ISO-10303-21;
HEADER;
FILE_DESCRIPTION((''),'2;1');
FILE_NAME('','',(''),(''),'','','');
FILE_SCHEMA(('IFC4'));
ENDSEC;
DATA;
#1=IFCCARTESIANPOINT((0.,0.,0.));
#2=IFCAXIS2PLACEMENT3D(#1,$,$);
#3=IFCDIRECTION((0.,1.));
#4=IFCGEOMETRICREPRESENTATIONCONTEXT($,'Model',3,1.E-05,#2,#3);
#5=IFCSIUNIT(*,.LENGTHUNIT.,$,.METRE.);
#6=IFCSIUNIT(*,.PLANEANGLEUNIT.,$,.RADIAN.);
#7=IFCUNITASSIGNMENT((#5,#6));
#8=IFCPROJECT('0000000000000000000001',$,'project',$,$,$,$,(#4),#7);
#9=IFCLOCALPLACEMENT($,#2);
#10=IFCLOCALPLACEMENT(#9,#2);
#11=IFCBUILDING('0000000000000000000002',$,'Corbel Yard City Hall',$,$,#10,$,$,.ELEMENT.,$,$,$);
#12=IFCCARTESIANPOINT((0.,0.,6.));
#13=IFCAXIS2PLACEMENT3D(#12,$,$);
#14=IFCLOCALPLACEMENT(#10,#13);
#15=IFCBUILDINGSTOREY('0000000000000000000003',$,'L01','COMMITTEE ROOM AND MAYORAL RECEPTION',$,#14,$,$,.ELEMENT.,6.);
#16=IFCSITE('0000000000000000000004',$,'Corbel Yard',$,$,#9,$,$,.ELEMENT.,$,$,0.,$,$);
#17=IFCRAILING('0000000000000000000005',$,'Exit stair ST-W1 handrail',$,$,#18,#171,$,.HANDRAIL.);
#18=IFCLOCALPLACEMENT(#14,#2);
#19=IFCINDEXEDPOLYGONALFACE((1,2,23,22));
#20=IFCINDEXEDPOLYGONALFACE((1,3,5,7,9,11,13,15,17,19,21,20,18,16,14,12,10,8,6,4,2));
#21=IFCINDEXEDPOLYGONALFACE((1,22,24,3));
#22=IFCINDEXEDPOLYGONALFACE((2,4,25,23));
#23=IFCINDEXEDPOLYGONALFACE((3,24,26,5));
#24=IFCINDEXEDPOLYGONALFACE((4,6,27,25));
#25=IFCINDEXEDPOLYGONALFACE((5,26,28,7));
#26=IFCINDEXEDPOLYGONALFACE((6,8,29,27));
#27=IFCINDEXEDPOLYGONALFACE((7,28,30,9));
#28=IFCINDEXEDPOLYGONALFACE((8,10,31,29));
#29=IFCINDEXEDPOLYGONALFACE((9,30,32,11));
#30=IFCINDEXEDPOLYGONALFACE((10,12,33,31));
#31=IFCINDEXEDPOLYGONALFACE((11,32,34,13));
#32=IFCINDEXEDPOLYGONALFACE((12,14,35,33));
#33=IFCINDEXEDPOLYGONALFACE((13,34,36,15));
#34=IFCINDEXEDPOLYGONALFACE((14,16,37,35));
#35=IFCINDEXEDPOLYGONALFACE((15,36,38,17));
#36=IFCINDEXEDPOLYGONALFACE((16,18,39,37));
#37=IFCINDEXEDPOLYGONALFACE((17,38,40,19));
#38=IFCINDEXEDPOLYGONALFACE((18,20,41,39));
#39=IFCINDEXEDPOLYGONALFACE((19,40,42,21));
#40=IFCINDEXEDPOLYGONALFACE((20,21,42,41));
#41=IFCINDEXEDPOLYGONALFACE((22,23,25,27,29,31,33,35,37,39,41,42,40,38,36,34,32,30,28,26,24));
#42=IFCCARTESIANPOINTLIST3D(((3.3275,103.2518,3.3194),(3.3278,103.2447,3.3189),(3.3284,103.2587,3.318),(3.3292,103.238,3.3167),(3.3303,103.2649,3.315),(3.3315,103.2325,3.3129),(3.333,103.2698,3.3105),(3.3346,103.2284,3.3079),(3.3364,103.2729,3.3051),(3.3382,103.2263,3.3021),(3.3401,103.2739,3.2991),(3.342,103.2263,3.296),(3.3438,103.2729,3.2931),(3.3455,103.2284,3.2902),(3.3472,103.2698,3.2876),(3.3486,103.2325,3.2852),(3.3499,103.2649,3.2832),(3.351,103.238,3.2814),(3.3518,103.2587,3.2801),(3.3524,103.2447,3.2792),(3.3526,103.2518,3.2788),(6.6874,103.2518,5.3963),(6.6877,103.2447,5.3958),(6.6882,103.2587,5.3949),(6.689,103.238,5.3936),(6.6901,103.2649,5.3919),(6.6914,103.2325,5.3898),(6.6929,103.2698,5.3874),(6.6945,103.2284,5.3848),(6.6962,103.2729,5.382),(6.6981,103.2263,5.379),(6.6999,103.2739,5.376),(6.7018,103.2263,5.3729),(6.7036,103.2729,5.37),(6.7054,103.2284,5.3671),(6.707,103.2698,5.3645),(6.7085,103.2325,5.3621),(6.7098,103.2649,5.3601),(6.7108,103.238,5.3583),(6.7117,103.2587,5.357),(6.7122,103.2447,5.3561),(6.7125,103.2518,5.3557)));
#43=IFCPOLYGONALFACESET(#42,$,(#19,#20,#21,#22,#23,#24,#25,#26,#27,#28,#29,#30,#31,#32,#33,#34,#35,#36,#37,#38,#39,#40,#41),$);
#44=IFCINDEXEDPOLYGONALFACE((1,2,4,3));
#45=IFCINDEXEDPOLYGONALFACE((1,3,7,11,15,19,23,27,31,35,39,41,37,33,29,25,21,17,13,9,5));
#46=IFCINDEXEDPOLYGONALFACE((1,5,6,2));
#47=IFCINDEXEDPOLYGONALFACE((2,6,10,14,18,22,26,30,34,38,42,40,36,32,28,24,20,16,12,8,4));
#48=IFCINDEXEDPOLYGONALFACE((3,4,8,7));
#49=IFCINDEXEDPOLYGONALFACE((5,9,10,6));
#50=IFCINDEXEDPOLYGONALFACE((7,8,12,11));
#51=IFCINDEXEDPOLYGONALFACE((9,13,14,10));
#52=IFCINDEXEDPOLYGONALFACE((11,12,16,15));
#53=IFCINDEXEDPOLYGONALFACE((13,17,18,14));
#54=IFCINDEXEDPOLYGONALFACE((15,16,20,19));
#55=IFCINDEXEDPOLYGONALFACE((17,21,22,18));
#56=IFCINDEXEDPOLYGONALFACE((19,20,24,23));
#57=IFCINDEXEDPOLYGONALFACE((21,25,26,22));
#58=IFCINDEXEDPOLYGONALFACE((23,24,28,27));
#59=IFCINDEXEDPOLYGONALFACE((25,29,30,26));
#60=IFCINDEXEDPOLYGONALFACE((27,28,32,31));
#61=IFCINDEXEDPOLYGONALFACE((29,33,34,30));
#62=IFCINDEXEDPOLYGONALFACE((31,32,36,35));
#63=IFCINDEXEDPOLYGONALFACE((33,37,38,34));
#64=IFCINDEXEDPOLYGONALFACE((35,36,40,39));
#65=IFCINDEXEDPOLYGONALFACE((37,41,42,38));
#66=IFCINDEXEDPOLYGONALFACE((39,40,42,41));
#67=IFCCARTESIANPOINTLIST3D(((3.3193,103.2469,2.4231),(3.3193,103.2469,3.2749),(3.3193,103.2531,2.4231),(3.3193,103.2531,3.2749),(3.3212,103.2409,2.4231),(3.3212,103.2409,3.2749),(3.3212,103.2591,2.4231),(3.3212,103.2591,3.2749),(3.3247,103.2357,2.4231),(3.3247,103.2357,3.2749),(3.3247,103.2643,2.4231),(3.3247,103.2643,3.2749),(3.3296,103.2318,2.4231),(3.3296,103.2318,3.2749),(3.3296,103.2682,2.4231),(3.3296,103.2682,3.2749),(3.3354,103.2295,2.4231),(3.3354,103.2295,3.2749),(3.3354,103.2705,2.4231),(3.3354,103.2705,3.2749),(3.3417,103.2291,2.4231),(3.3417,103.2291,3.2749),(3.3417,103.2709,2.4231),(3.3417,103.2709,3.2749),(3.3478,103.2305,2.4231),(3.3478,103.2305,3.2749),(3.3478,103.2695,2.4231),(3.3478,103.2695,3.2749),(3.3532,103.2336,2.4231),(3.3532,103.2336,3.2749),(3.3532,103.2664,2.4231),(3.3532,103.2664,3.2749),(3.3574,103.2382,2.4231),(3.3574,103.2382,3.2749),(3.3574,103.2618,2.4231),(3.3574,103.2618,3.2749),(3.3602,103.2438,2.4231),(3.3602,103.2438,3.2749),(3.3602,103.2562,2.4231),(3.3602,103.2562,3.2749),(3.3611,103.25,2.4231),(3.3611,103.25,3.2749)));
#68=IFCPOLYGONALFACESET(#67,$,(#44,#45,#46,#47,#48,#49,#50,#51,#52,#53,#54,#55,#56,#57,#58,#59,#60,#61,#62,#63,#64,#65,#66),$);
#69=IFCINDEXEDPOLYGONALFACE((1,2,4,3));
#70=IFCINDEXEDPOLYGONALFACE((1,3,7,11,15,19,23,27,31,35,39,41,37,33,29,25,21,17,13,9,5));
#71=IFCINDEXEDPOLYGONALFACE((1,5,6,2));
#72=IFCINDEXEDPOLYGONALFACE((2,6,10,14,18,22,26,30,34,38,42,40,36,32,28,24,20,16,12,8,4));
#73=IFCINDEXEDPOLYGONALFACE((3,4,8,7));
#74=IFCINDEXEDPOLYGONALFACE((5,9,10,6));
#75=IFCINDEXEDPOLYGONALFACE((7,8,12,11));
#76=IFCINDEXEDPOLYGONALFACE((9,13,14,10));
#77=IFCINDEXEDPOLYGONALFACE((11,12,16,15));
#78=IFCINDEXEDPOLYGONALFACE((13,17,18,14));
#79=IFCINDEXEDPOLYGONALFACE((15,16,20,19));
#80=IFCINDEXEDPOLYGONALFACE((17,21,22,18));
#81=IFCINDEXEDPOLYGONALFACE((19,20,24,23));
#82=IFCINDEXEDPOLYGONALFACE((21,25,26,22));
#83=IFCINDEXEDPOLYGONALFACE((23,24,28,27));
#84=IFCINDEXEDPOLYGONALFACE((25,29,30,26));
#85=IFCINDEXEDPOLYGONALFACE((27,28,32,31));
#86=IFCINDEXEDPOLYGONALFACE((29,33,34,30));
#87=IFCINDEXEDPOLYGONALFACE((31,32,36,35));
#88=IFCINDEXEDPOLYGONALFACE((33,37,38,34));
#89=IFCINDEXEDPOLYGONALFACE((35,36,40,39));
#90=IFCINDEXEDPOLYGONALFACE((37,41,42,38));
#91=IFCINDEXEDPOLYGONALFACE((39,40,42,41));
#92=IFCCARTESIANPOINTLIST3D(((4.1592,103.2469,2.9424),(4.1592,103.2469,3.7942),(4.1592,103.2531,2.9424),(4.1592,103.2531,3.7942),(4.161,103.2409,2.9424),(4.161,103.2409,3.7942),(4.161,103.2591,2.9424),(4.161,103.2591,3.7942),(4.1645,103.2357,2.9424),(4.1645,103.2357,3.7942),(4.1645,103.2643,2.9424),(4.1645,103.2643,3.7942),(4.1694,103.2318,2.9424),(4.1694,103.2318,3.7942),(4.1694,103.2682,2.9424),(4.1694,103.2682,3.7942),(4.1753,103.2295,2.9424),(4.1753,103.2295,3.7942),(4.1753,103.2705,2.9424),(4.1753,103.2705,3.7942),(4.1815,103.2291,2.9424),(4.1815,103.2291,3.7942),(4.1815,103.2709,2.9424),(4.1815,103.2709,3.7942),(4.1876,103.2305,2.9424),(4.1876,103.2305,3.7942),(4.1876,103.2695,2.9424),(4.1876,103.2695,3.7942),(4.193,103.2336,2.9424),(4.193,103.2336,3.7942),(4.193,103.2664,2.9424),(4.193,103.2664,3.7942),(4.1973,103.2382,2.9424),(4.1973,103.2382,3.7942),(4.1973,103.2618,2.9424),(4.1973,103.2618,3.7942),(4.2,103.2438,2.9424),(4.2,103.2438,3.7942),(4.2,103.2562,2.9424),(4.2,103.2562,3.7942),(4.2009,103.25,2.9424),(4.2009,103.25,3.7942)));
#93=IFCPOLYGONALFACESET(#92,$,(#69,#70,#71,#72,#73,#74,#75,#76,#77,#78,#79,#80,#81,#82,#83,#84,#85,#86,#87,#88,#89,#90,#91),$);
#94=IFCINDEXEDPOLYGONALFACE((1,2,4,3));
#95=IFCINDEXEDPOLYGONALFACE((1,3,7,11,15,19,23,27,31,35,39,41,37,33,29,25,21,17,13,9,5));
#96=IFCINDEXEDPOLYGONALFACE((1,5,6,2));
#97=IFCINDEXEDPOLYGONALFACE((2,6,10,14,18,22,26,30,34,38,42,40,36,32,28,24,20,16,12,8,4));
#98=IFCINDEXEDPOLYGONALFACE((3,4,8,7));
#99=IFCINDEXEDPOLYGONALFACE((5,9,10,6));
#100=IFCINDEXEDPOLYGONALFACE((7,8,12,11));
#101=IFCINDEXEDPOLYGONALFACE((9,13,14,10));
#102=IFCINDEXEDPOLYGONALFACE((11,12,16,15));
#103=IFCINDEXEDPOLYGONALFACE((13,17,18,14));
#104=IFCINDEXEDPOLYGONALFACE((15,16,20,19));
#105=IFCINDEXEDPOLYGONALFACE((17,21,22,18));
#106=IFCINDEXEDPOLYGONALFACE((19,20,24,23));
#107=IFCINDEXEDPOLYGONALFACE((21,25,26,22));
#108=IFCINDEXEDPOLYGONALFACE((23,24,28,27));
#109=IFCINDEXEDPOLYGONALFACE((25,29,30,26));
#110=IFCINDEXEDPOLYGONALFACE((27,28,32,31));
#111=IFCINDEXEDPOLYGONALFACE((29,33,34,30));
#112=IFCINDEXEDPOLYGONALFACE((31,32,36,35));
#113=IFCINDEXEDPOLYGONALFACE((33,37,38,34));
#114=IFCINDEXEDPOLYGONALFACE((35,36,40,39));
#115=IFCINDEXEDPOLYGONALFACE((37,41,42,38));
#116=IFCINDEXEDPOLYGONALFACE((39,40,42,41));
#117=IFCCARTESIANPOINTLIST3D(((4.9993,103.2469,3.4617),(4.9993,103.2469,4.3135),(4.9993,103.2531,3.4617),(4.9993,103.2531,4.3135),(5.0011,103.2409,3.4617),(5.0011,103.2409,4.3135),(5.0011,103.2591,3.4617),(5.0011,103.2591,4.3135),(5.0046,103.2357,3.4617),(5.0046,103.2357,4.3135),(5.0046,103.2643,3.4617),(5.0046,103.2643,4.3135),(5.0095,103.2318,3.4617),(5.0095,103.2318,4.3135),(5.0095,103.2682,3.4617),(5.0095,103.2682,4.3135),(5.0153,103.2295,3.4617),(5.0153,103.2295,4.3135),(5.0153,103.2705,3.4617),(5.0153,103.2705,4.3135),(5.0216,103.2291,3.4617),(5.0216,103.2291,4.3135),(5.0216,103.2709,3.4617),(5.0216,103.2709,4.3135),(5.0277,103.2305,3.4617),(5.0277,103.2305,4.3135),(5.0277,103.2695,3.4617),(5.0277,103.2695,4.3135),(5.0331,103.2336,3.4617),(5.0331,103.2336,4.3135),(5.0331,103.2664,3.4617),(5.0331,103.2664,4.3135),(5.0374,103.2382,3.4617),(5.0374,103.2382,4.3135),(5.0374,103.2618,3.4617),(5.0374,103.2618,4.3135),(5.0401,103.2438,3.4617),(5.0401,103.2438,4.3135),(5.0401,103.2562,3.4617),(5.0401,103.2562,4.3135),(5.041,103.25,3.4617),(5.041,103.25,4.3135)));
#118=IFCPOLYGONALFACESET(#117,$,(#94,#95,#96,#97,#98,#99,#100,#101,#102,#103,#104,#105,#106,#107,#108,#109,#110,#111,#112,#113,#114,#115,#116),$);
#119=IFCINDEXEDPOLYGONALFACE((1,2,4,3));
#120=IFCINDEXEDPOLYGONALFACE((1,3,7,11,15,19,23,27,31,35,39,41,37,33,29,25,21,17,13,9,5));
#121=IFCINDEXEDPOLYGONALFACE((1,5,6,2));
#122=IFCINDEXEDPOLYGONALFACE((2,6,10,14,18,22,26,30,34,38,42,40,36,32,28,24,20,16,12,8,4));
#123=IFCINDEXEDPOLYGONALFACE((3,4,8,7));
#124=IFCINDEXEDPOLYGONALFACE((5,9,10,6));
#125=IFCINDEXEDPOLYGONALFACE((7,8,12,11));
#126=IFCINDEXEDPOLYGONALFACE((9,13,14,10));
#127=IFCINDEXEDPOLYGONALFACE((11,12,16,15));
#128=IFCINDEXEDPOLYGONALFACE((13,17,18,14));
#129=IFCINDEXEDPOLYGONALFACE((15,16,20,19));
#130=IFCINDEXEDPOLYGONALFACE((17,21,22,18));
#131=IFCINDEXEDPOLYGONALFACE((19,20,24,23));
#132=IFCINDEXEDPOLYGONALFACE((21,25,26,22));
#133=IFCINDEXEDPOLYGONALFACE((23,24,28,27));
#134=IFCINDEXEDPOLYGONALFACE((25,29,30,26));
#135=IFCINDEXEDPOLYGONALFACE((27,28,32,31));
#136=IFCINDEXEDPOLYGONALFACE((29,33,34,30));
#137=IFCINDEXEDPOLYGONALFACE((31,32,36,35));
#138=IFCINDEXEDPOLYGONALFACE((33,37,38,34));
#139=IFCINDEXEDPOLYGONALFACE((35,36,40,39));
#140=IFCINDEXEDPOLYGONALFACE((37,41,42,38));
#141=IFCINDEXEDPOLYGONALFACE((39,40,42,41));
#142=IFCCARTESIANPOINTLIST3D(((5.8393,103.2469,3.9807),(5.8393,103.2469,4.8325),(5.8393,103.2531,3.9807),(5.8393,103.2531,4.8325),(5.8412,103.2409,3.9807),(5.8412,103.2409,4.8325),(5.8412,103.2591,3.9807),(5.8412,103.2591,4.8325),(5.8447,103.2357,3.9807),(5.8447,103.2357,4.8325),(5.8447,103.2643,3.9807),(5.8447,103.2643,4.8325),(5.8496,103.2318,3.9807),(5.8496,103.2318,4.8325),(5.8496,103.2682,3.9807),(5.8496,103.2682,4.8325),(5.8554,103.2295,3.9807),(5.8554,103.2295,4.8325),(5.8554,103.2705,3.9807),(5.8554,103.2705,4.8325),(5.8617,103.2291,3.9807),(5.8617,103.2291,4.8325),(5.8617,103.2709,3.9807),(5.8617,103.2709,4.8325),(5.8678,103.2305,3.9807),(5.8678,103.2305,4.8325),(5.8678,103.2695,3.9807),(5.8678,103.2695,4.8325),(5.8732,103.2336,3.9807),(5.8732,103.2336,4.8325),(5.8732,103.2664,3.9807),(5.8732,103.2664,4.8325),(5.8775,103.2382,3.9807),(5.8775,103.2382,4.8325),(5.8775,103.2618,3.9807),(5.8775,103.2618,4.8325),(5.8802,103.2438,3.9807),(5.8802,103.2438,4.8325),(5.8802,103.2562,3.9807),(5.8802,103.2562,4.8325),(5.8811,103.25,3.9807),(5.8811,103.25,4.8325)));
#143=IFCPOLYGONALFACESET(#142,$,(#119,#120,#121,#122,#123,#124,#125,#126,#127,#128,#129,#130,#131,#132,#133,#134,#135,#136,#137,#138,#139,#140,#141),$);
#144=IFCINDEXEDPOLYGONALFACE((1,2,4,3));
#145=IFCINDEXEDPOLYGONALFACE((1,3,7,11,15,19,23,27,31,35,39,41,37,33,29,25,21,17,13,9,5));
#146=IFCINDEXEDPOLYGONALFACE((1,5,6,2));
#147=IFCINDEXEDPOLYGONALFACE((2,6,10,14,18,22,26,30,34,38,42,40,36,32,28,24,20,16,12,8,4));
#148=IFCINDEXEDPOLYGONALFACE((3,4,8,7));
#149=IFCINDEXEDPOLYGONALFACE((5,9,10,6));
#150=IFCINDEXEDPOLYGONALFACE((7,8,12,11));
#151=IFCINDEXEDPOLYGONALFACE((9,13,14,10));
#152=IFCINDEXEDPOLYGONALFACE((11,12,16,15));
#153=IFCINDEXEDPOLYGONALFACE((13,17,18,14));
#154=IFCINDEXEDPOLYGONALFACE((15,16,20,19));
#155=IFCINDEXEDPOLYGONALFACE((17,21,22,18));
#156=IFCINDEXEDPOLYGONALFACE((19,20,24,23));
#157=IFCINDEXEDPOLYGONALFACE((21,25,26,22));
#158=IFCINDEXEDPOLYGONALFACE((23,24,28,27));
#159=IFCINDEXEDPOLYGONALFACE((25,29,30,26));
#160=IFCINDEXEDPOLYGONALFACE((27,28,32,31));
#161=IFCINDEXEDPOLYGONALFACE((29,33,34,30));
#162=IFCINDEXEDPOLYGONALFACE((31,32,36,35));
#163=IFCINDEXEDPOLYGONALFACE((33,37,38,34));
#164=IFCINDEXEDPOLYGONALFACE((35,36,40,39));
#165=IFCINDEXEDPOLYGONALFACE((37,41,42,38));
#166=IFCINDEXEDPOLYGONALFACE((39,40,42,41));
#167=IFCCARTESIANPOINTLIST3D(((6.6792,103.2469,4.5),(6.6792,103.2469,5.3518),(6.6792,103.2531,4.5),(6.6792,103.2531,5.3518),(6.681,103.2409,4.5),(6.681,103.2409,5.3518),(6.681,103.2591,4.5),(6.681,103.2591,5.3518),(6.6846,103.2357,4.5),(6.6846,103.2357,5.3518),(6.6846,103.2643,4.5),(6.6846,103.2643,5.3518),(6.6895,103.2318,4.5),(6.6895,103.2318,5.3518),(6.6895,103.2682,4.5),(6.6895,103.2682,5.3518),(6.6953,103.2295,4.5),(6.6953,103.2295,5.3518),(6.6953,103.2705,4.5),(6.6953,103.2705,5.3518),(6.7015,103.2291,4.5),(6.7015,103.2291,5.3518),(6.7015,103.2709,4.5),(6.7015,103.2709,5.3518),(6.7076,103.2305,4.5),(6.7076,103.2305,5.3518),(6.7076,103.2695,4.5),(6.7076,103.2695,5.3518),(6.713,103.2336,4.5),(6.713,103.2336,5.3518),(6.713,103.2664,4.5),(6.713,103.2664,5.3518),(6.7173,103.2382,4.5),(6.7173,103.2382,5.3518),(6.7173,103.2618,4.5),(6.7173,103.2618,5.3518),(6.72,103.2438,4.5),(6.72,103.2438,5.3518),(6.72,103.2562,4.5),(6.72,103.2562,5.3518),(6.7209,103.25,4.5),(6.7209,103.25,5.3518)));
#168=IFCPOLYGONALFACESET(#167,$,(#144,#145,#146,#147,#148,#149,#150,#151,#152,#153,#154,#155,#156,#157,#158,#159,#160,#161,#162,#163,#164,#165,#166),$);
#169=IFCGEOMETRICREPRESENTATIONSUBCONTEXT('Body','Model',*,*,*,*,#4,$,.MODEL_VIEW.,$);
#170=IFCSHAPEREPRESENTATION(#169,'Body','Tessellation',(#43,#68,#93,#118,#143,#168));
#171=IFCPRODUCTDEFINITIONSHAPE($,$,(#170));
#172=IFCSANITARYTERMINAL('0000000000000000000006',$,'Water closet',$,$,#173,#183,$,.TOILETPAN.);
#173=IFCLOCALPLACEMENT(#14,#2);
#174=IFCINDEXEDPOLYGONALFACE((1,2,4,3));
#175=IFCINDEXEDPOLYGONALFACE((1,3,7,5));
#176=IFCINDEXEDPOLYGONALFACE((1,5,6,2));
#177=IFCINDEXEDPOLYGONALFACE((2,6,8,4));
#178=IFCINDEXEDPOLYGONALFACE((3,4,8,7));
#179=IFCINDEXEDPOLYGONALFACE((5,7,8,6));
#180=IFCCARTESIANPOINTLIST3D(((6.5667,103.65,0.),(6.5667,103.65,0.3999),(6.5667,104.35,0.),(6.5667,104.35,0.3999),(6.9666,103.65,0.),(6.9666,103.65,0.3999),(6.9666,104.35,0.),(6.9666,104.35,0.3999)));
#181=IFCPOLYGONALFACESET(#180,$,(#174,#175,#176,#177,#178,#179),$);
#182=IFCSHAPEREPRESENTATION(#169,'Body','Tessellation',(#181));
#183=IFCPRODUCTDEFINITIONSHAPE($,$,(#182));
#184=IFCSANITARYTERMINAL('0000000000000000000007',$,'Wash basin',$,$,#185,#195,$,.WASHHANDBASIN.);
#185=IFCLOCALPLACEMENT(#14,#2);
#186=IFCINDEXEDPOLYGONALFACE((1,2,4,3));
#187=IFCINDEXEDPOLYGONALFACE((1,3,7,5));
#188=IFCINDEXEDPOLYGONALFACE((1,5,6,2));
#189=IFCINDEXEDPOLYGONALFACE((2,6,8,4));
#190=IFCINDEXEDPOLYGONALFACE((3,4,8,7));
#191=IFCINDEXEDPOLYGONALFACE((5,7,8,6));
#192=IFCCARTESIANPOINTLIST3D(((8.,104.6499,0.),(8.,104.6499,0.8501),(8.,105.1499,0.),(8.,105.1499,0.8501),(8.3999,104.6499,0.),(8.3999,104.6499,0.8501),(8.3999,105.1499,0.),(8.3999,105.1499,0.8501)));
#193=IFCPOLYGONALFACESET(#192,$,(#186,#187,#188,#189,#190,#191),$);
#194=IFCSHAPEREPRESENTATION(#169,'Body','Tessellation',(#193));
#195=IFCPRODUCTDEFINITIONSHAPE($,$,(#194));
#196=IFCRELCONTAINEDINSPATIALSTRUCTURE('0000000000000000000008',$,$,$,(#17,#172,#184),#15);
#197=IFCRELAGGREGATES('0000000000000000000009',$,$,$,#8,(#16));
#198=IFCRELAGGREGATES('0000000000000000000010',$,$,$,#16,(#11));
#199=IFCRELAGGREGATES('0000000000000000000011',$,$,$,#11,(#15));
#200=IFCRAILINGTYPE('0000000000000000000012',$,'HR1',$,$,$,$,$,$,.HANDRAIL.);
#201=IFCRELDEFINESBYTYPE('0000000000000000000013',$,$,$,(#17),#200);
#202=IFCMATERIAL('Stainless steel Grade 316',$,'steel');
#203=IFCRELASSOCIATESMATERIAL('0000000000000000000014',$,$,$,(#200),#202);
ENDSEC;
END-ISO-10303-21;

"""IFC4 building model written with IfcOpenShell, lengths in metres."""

from ifc_helpers import new_model, si_unit, direction, frame, origin, origin_2d, place, context, subcontext, project, spatial, rectangle, circle, extrude, material, type_object, element, save


model = new_model("IFC4")

# Units and contexts
model_context = context("Model", 3, precision=1e-05, world=origin(), true_north=direction((0.0, 1.0)))
body_context = subcontext(model_context, "Body", "Model", "MODEL_VIEW")
ifc_project = project(units=[si_unit("LENGTHUNIT", "METRE"), si_unit("PLANEANGLEUNIT", "RADIAN")], contexts=[model_context])

# Site, building, storey
site_placement = place(None, origin())
site = spatial("IfcSite", under=ifc_project, at=site_placement, Name="Corbel Yard", CompositionType="ELEMENT", RefElevation=0.0)
building_placement = place(site_placement, origin())
building = spatial("IfcBuilding", under=site, at=building_placement, Name="Corbel Yard City Hall", CompositionType="ELEMENT")
storey_placement = place(building_placement, frame((0.0, 0.0, 6.0)))
storey = spatial("IfcBuildingStorey", under=building, at=storey_placement, Name="L01", Description="COMMITTEE ROOM AND MAYORAL RECEPTION", CompositionType="ELEMENT", Elevation=6.0)

# Shared definitions
ifc_material_1 = material(Name="Stainless steel Grade 316", Category="steel")

# Railing
railing_type = type_object("IfcRailingType", Name="HR1", PredefinedType="HANDRAIL", material=ifc_material_1)
for number, where, name in (
    (1, (3.3401, 103.25, 2.4231), "Exit stair ST-W1 handrail"),
):
    element("IfcRailing", number, at=place(storey_placement, frame(where)), inside=storey, type_object=railing_type, Name=name, PredefinedType="HANDRAIL", context=body_context, shape_type="SweptSolid", body=[
        extrude(circle(Radius=0.0239, at=origin_2d()), frame((0.0, 0.0, 0.876), z_axis=(0.850606, 0.0, 0.525803), x_axis=(0.0, 1.0, 0.0)), (0.0, 0.0, 1.0), 3.95),
        extrude(circle(Radius=0.021, at=origin_2d()), origin(), (0.0, 0.0, 1.0), 0.8518),
        extrude(circle(Radius=0.021, at=origin_2d()), frame((0.8398, 0.0, 0.5193)), (0.0, 0.0, 1.0), 0.8518),
        extrude(circle(Radius=0.021, at=origin_2d()), frame((1.6799, 0.0, 1.0386)), (0.0, 0.0, 1.0), 0.8518),
        extrude(circle(Radius=0.021, at=origin_2d()), frame((2.52, 0.0, 1.5576)), (0.0, 0.0, 1.0), 0.8518),
        extrude(circle(Radius=0.021, at=origin_2d()), frame((3.3599, 0.0, 2.0769)), (0.0, 0.0, 1.0), 0.8518),
    ])

# Sanitary terminals
sanitary_terminal_1_placement = place(storey_placement, frame((6.7666, 104.0, 0.0), z_axis=(0.0, 0.0, 1.0), x_axis=(1.0, 0.0, 0.0)))
element("IfcSanitaryTerminal", 2, at=sanitary_terminal_1_placement, inside=storey, Name="Water closet", PredefinedType="TOILETPAN", context=body_context, shape_type="SweptSolid", body=[
    extrude(rectangle(XDim=0.3999, YDim=0.7, at=origin_2d()), origin(), (0.0, 0.0, 1.0), 0.3999),
])
sanitary_terminal_2_placement = place(storey_placement, frame((8.2, 104.8999, 0.0), z_axis=(0.0, 0.0, 1.0), x_axis=(1.0, 0.0, 0.0)))
element("IfcSanitaryTerminal", 3, at=sanitary_terminal_2_placement, inside=storey, Name="Wash basin", PredefinedType="WASHHANDBASIN", context=body_context, shape_type="SweptSolid", body=[
    extrude(rectangle(XDim=0.3999, YDim=0.5, at=origin_2d()), origin(), (0.0, 0.0, 1.0), 0.8501),
])

save(model, "model.ifc")
